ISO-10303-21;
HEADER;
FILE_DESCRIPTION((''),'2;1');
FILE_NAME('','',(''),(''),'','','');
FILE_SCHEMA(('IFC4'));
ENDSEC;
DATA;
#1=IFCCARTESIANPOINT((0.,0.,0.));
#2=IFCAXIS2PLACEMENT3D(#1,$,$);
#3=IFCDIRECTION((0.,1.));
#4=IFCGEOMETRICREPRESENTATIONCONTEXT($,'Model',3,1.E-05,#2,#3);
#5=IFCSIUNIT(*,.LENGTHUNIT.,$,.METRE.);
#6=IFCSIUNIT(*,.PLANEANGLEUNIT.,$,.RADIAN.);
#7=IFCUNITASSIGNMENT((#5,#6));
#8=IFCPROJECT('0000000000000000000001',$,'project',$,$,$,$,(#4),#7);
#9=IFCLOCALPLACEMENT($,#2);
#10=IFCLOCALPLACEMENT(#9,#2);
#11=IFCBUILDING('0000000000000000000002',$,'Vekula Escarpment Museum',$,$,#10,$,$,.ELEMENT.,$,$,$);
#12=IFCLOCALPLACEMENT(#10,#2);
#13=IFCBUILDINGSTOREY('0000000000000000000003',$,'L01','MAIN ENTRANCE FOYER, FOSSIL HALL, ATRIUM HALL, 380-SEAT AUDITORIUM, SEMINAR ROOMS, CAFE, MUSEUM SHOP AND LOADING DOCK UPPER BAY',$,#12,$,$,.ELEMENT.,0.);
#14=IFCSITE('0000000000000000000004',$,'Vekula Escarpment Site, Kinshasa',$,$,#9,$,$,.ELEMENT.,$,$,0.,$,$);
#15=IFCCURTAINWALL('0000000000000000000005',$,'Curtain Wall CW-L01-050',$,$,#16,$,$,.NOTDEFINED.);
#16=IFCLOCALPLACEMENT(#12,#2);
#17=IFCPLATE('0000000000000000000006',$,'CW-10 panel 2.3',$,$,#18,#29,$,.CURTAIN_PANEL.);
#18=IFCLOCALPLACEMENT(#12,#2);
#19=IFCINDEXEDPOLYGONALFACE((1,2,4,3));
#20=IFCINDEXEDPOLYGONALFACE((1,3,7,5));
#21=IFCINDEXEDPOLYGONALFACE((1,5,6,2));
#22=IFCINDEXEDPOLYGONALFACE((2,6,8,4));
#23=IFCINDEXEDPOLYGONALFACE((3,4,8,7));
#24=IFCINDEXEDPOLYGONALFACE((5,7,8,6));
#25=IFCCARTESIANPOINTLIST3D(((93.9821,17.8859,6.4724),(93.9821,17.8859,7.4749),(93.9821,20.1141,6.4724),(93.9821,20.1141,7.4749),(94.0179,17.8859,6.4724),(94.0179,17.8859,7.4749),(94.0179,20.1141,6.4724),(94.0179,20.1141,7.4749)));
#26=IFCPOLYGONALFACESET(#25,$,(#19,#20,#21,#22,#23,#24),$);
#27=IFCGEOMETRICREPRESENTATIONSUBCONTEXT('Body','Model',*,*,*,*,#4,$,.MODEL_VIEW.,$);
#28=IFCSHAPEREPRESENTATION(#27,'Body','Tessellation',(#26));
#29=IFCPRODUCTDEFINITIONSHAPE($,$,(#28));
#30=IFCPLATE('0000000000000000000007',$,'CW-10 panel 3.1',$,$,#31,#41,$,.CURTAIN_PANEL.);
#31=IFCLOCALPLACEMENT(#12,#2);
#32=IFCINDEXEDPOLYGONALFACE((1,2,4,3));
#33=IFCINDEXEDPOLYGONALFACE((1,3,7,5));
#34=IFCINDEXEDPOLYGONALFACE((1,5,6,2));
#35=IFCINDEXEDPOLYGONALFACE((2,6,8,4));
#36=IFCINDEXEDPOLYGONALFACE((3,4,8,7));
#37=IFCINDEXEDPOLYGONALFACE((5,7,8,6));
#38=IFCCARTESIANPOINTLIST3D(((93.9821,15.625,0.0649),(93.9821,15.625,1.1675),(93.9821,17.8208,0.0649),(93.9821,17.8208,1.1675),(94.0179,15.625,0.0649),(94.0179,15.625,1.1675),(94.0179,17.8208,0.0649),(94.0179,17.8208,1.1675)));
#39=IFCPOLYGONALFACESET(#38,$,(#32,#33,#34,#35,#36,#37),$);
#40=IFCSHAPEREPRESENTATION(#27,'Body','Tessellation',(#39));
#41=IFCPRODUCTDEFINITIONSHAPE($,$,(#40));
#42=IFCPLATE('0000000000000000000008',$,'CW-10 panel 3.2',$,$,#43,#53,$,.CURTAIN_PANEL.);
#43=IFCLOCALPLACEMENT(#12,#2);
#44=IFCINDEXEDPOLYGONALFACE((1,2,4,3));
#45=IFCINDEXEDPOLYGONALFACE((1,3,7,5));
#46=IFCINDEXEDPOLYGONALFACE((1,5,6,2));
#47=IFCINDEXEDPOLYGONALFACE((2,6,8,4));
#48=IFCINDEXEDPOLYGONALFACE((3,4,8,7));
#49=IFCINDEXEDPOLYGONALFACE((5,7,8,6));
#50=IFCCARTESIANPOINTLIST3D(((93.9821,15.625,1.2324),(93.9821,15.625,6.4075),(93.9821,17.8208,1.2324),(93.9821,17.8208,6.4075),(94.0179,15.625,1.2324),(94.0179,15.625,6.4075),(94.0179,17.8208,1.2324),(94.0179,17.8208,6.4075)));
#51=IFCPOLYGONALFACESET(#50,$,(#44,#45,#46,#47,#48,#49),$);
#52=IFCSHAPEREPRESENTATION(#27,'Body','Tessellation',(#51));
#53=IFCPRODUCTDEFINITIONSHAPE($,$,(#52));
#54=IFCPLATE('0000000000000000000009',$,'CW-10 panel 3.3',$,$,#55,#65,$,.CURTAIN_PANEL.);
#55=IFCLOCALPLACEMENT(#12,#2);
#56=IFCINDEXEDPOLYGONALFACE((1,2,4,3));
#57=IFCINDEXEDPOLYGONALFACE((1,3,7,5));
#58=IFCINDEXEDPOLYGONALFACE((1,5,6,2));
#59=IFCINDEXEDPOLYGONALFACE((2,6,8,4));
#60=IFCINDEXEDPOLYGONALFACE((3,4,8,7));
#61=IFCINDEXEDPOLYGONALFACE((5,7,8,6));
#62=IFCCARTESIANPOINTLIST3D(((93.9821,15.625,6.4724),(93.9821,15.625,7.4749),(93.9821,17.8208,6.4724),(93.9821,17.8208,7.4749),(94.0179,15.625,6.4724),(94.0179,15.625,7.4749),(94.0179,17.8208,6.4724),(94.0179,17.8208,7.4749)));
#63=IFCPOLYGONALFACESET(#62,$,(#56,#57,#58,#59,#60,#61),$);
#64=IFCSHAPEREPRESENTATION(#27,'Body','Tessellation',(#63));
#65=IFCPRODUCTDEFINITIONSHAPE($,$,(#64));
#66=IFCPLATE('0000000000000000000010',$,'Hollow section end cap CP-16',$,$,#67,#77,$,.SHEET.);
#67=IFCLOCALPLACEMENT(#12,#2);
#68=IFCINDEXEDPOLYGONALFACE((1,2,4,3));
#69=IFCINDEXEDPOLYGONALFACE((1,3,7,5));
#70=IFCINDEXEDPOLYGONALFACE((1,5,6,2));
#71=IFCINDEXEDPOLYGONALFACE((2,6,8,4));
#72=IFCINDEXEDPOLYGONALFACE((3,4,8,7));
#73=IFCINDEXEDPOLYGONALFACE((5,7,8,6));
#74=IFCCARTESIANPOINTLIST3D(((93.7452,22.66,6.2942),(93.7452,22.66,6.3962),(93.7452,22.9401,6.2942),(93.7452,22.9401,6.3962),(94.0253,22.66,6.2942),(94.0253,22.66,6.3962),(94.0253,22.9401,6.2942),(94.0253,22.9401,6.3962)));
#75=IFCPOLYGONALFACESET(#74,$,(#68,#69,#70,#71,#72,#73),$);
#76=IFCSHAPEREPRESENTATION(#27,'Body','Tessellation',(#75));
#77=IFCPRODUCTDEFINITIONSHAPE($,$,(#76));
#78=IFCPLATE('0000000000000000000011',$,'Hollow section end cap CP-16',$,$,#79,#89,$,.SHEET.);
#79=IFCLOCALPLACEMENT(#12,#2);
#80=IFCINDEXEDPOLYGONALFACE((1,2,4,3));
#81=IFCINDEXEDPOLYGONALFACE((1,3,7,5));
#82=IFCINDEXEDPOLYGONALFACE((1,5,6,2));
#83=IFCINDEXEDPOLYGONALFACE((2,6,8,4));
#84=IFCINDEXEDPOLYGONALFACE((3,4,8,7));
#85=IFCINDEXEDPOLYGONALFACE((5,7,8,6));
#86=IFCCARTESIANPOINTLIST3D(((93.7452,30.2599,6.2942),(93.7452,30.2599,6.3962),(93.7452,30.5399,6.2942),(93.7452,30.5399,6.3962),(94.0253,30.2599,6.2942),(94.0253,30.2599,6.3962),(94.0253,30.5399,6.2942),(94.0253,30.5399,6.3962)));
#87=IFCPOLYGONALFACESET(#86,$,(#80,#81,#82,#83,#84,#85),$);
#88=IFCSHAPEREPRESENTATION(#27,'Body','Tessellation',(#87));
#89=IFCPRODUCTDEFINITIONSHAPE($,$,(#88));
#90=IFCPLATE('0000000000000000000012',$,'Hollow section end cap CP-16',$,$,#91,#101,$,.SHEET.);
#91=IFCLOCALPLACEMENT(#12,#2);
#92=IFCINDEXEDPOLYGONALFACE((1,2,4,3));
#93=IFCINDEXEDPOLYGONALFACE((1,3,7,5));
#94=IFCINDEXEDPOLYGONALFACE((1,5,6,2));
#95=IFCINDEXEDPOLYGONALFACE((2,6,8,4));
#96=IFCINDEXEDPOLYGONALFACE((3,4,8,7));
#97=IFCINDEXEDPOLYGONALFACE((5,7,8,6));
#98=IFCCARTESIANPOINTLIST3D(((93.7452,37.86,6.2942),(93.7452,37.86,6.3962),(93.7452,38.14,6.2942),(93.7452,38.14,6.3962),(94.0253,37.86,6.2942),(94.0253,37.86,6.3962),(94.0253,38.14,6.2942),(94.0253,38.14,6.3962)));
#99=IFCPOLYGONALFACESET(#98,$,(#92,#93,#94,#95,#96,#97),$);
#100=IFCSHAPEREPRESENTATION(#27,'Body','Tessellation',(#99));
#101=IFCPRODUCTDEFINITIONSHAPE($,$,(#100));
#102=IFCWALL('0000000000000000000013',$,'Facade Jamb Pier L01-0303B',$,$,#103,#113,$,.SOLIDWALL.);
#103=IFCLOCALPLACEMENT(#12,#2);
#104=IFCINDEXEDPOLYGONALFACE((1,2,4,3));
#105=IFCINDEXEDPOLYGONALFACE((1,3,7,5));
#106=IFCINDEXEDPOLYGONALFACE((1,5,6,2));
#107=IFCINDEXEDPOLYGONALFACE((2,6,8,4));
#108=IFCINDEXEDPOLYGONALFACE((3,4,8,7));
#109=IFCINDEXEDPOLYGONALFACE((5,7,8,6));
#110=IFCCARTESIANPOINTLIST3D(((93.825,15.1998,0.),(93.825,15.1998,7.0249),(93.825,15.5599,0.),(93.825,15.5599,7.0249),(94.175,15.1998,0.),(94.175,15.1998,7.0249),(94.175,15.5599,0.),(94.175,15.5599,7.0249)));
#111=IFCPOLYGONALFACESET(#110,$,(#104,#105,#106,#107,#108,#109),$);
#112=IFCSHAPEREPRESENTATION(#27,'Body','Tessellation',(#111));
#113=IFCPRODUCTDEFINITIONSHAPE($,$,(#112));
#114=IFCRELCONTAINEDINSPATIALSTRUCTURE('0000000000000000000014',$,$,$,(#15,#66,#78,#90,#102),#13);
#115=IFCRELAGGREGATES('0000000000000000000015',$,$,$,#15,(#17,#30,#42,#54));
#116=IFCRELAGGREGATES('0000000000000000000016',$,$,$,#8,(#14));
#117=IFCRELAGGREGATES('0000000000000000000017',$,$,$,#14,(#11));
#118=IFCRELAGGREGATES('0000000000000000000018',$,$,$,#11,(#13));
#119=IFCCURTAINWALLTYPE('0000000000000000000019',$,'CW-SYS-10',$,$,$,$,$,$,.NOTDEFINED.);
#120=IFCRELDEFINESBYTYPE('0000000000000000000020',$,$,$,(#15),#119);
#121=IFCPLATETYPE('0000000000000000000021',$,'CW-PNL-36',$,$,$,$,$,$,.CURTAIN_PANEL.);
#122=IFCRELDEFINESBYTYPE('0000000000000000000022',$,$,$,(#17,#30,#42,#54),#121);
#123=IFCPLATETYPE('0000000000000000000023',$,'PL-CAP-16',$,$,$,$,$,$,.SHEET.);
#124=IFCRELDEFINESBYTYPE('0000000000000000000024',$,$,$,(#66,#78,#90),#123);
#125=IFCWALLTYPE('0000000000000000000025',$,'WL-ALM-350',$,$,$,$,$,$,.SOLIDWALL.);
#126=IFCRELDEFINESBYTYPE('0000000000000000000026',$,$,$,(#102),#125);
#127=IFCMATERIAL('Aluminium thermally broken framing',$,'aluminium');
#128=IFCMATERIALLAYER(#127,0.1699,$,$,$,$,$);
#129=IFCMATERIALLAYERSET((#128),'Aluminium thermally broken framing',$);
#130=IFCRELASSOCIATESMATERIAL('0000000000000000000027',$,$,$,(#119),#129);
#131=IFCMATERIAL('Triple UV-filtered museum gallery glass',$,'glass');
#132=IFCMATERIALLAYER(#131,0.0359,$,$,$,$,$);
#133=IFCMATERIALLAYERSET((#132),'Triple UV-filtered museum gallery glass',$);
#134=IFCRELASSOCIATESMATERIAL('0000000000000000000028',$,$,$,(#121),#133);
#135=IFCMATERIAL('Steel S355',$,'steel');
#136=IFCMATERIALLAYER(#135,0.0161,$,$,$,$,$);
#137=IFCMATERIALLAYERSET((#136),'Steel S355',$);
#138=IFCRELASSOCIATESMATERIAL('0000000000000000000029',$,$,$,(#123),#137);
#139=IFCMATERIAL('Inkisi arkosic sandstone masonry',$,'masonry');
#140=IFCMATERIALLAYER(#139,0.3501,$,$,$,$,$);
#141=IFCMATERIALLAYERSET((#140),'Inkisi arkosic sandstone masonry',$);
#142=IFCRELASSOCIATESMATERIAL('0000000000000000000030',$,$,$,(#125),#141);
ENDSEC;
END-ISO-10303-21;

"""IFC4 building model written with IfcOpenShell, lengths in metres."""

from ifc_helpers import new_model, si_unit, direction, frame, frame_2d, origin, origin_2d, place, context, subcontext, project, spatial, rectangle, extrude, material, layer, layer_set, type_object, element, aggregate, save


model = new_model("IFC4")

# Units and contexts
model_context = context("Model", 3, precision=1e-05, world=origin(), true_north=direction((0.0, 1.0)))
body_context = subcontext(model_context, "Body", "Model", "MODEL_VIEW")
ifc_project = project(units=[si_unit("LENGTHUNIT", "METRE"), si_unit("PLANEANGLEUNIT", "RADIAN")], contexts=[model_context])

# Site, building, storey
site_placement = place(None, origin())
site = spatial("IfcSite", under=ifc_project, at=site_placement, Name="Vekula Escarpment Site, Kinshasa", CompositionType="ELEMENT", RefElevation=0.0)
building_placement = place(site_placement, origin())
building = spatial("IfcBuilding", under=site, at=building_placement, Name="Vekula Escarpment Museum", CompositionType="ELEMENT")
storey_placement = place(building_placement, origin())
storey = spatial("IfcBuildingStorey", under=building, at=storey_placement, Name="L01", Description="MAIN ENTRANCE FOYER, FOSSIL HALL, ATRIUM HALL, 380-SEAT AUDITORIUM, SEMINAR ROOMS, CAFE, MUSEUM SHOP AND LOADING DOCK UPPER BAY", CompositionType="ELEMENT", Elevation=0.0)

# Curtain wall
ifc_material_1 = material(Name="Aluminium thermally broken framing", Category="aluminium")
ifc_layer_1 = layer(ifc_material_1, 0.1699)
ifc_layer_set_1 = layer_set([ifc_layer_1], Name="Aluminium thermally broken framing")
curtain_wall_type = type_object("IfcCurtainWallType", Name="CW-SYS-10", PredefinedType="NOTDEFINED", material=ifc_layer_set_1)
curtain_wall_placement = place(storey_placement, origin())
curtain_wall = element("IfcCurtainWall", 1, at=curtain_wall_placement, inside=storey, type_object=curtain_wall_type, Name="Curtain Wall CW-L01-050", PredefinedType="NOTDEFINED")

# Plates
ifc_material_2 = material(Name="Triple UV-filtered museum gallery glass", Category="glass")
ifc_layer_2 = layer(ifc_material_2, 0.0359)
ifc_layer_set_2 = layer_set([ifc_layer_2], Name="Triple UV-filtered museum gallery glass")
plate_type_1 = type_object("IfcPlateType", Name="CW-PNL-36", PredefinedType="CURTAIN_PANEL", material=ifc_layer_set_2)
plate_1_placement = place(storey_placement, frame((94.0, 19.0, 6.4724), z_axis=(0.0, 0.0, 1.0), x_axis=(0.0, -1.0, 0.0)))
plate_1 = element("IfcPlate", 2, at=plate_1_placement, type_object=plate_type_1, Name="CW-10 panel 2.3", PredefinedType="CURTAIN_PANEL", context=body_context, shape_type="SweptSolid", body=[
    extrude(rectangle(XDim=2.2283, YDim=0.0359, at=origin_2d()), origin(), (0.0, 0.0, 1.0), 1.0024),
])
plate_2_placement = place(storey_placement, frame((94.0, 16.7229, 0.0649), z_axis=(0.0, 0.0, 1.0), x_axis=(0.0, -1.0, 0.0)))
plate_2 = element("IfcPlate", 3, at=plate_2_placement, type_object=plate_type_1, Name="CW-10 panel 3.1", PredefinedType="CURTAIN_PANEL", context=body_context, shape_type="SweptSolid", body=[
    extrude(rectangle(XDim=2.1958, YDim=0.0359, at=origin_2d()), origin(), (0.0, 0.0, 1.0), 1.1025),
])
plate_3_placement = place(storey_placement, frame((94.0, 16.7229, 1.2324), z_axis=(0.0, 0.0, 1.0), x_axis=(0.0, -1.0, 0.0)))
plate_3 = element("IfcPlate", 4, at=plate_3_placement, type_object=plate_type_1, Name="CW-10 panel 3.2", PredefinedType="CURTAIN_PANEL", context=body_context, shape_type="SweptSolid", body=[
    extrude(rectangle(XDim=2.1958, YDim=0.0359, at=origin_2d()), origin(), (0.0, 0.0, 1.0), 5.175),
])
plate_4_placement = place(storey_placement, frame((94.0, 16.7229, 6.4724), z_axis=(0.0, 0.0, 1.0), x_axis=(0.0, -1.0, 0.0)))
plate_4 = element("IfcPlate", 5, at=plate_4_placement, type_object=plate_type_1, Name="CW-10 panel 3.3", PredefinedType="CURTAIN_PANEL", context=body_context, shape_type="SweptSolid", body=[
    extrude(rectangle(XDim=2.1958, YDim=0.0359, at=origin_2d()), origin(), (0.0, 0.0, 1.0), 1.0024),
])
aggregate(curtain_wall, [plate_1, plate_2, plate_3, plate_4])

# Plates
ifc_material_3 = material(Name="Steel S355", Category="steel")
ifc_layer_3 = layer(ifc_material_3, 0.0161)
ifc_layer_set_3 = layer_set([ifc_layer_3], Name="Steel S355")
plate_type_2 = type_object("IfcPlateType", Name="PL-CAP-16", PredefinedType="SHEET", material=ifc_layer_set_3)
for number, where, z_axis, x_axis, name in (
    (6, (93.8853, 22.8, 6.2942), (0.0, 0.0, 1.0), (1.0, 0.0, 0.0), "Hollow section end cap CP-16"),
    (7, (93.8853, 30.3999, 6.2942), (0.0, 0.0, 1.0), (1.0, 0.0, 0.0), "Hollow section end cap CP-16"),
    (8, (93.8853, 38.0, 6.2942), (0.0, 0.0, 1.0), (1.0, 0.0, 0.0), "Hollow section end cap CP-16"),
):
    element("IfcPlate", number, at=place(storey_placement, frame(where, z_axis=z_axis, x_axis=x_axis)), inside=storey, type_object=plate_type_2, Name=name, PredefinedType="SHEET", context=body_context, shape_type="SweptSolid", body=[
        extrude(rectangle(XDim=0.28, YDim=0.28, at=origin_2d()), origin(), (0.0, 0.0, 1.0), 0.1021),
    ])

# Wall
ifc_material_4 = material(Name="Inkisi arkosic sandstone masonry", Category="masonry")
ifc_layer_4 = layer(ifc_material_4, 0.3501)
ifc_layer_set_4 = layer_set([ifc_layer_4], Name="Inkisi arkosic sandstone masonry")
wall_type = type_object("IfcWallType", Name="WL-ALM-350", PredefinedType="SOLIDWALL", material=ifc_layer_set_4)
wall_placement = place(storey_placement, frame((94.0, 15.5601, 0.0), z_axis=(0.0, 0.0, 1.0), x_axis=(0.0, -1.0, 0.0)))
element("IfcWall", 9, at=wall_placement, inside=storey, type_object=wall_type, Name="Facade Jamb Pier L01-0303B", PredefinedType="SOLIDWALL", context=body_context, shape_type="SweptSolid", body=[
    extrude(rectangle(XDim=0.3601, YDim=0.3501, at=frame_2d((0.1802, 0.0))), origin(), (0.0, 0.0, 1.0), 7.0249),
])

save(model, "model.ifc")
